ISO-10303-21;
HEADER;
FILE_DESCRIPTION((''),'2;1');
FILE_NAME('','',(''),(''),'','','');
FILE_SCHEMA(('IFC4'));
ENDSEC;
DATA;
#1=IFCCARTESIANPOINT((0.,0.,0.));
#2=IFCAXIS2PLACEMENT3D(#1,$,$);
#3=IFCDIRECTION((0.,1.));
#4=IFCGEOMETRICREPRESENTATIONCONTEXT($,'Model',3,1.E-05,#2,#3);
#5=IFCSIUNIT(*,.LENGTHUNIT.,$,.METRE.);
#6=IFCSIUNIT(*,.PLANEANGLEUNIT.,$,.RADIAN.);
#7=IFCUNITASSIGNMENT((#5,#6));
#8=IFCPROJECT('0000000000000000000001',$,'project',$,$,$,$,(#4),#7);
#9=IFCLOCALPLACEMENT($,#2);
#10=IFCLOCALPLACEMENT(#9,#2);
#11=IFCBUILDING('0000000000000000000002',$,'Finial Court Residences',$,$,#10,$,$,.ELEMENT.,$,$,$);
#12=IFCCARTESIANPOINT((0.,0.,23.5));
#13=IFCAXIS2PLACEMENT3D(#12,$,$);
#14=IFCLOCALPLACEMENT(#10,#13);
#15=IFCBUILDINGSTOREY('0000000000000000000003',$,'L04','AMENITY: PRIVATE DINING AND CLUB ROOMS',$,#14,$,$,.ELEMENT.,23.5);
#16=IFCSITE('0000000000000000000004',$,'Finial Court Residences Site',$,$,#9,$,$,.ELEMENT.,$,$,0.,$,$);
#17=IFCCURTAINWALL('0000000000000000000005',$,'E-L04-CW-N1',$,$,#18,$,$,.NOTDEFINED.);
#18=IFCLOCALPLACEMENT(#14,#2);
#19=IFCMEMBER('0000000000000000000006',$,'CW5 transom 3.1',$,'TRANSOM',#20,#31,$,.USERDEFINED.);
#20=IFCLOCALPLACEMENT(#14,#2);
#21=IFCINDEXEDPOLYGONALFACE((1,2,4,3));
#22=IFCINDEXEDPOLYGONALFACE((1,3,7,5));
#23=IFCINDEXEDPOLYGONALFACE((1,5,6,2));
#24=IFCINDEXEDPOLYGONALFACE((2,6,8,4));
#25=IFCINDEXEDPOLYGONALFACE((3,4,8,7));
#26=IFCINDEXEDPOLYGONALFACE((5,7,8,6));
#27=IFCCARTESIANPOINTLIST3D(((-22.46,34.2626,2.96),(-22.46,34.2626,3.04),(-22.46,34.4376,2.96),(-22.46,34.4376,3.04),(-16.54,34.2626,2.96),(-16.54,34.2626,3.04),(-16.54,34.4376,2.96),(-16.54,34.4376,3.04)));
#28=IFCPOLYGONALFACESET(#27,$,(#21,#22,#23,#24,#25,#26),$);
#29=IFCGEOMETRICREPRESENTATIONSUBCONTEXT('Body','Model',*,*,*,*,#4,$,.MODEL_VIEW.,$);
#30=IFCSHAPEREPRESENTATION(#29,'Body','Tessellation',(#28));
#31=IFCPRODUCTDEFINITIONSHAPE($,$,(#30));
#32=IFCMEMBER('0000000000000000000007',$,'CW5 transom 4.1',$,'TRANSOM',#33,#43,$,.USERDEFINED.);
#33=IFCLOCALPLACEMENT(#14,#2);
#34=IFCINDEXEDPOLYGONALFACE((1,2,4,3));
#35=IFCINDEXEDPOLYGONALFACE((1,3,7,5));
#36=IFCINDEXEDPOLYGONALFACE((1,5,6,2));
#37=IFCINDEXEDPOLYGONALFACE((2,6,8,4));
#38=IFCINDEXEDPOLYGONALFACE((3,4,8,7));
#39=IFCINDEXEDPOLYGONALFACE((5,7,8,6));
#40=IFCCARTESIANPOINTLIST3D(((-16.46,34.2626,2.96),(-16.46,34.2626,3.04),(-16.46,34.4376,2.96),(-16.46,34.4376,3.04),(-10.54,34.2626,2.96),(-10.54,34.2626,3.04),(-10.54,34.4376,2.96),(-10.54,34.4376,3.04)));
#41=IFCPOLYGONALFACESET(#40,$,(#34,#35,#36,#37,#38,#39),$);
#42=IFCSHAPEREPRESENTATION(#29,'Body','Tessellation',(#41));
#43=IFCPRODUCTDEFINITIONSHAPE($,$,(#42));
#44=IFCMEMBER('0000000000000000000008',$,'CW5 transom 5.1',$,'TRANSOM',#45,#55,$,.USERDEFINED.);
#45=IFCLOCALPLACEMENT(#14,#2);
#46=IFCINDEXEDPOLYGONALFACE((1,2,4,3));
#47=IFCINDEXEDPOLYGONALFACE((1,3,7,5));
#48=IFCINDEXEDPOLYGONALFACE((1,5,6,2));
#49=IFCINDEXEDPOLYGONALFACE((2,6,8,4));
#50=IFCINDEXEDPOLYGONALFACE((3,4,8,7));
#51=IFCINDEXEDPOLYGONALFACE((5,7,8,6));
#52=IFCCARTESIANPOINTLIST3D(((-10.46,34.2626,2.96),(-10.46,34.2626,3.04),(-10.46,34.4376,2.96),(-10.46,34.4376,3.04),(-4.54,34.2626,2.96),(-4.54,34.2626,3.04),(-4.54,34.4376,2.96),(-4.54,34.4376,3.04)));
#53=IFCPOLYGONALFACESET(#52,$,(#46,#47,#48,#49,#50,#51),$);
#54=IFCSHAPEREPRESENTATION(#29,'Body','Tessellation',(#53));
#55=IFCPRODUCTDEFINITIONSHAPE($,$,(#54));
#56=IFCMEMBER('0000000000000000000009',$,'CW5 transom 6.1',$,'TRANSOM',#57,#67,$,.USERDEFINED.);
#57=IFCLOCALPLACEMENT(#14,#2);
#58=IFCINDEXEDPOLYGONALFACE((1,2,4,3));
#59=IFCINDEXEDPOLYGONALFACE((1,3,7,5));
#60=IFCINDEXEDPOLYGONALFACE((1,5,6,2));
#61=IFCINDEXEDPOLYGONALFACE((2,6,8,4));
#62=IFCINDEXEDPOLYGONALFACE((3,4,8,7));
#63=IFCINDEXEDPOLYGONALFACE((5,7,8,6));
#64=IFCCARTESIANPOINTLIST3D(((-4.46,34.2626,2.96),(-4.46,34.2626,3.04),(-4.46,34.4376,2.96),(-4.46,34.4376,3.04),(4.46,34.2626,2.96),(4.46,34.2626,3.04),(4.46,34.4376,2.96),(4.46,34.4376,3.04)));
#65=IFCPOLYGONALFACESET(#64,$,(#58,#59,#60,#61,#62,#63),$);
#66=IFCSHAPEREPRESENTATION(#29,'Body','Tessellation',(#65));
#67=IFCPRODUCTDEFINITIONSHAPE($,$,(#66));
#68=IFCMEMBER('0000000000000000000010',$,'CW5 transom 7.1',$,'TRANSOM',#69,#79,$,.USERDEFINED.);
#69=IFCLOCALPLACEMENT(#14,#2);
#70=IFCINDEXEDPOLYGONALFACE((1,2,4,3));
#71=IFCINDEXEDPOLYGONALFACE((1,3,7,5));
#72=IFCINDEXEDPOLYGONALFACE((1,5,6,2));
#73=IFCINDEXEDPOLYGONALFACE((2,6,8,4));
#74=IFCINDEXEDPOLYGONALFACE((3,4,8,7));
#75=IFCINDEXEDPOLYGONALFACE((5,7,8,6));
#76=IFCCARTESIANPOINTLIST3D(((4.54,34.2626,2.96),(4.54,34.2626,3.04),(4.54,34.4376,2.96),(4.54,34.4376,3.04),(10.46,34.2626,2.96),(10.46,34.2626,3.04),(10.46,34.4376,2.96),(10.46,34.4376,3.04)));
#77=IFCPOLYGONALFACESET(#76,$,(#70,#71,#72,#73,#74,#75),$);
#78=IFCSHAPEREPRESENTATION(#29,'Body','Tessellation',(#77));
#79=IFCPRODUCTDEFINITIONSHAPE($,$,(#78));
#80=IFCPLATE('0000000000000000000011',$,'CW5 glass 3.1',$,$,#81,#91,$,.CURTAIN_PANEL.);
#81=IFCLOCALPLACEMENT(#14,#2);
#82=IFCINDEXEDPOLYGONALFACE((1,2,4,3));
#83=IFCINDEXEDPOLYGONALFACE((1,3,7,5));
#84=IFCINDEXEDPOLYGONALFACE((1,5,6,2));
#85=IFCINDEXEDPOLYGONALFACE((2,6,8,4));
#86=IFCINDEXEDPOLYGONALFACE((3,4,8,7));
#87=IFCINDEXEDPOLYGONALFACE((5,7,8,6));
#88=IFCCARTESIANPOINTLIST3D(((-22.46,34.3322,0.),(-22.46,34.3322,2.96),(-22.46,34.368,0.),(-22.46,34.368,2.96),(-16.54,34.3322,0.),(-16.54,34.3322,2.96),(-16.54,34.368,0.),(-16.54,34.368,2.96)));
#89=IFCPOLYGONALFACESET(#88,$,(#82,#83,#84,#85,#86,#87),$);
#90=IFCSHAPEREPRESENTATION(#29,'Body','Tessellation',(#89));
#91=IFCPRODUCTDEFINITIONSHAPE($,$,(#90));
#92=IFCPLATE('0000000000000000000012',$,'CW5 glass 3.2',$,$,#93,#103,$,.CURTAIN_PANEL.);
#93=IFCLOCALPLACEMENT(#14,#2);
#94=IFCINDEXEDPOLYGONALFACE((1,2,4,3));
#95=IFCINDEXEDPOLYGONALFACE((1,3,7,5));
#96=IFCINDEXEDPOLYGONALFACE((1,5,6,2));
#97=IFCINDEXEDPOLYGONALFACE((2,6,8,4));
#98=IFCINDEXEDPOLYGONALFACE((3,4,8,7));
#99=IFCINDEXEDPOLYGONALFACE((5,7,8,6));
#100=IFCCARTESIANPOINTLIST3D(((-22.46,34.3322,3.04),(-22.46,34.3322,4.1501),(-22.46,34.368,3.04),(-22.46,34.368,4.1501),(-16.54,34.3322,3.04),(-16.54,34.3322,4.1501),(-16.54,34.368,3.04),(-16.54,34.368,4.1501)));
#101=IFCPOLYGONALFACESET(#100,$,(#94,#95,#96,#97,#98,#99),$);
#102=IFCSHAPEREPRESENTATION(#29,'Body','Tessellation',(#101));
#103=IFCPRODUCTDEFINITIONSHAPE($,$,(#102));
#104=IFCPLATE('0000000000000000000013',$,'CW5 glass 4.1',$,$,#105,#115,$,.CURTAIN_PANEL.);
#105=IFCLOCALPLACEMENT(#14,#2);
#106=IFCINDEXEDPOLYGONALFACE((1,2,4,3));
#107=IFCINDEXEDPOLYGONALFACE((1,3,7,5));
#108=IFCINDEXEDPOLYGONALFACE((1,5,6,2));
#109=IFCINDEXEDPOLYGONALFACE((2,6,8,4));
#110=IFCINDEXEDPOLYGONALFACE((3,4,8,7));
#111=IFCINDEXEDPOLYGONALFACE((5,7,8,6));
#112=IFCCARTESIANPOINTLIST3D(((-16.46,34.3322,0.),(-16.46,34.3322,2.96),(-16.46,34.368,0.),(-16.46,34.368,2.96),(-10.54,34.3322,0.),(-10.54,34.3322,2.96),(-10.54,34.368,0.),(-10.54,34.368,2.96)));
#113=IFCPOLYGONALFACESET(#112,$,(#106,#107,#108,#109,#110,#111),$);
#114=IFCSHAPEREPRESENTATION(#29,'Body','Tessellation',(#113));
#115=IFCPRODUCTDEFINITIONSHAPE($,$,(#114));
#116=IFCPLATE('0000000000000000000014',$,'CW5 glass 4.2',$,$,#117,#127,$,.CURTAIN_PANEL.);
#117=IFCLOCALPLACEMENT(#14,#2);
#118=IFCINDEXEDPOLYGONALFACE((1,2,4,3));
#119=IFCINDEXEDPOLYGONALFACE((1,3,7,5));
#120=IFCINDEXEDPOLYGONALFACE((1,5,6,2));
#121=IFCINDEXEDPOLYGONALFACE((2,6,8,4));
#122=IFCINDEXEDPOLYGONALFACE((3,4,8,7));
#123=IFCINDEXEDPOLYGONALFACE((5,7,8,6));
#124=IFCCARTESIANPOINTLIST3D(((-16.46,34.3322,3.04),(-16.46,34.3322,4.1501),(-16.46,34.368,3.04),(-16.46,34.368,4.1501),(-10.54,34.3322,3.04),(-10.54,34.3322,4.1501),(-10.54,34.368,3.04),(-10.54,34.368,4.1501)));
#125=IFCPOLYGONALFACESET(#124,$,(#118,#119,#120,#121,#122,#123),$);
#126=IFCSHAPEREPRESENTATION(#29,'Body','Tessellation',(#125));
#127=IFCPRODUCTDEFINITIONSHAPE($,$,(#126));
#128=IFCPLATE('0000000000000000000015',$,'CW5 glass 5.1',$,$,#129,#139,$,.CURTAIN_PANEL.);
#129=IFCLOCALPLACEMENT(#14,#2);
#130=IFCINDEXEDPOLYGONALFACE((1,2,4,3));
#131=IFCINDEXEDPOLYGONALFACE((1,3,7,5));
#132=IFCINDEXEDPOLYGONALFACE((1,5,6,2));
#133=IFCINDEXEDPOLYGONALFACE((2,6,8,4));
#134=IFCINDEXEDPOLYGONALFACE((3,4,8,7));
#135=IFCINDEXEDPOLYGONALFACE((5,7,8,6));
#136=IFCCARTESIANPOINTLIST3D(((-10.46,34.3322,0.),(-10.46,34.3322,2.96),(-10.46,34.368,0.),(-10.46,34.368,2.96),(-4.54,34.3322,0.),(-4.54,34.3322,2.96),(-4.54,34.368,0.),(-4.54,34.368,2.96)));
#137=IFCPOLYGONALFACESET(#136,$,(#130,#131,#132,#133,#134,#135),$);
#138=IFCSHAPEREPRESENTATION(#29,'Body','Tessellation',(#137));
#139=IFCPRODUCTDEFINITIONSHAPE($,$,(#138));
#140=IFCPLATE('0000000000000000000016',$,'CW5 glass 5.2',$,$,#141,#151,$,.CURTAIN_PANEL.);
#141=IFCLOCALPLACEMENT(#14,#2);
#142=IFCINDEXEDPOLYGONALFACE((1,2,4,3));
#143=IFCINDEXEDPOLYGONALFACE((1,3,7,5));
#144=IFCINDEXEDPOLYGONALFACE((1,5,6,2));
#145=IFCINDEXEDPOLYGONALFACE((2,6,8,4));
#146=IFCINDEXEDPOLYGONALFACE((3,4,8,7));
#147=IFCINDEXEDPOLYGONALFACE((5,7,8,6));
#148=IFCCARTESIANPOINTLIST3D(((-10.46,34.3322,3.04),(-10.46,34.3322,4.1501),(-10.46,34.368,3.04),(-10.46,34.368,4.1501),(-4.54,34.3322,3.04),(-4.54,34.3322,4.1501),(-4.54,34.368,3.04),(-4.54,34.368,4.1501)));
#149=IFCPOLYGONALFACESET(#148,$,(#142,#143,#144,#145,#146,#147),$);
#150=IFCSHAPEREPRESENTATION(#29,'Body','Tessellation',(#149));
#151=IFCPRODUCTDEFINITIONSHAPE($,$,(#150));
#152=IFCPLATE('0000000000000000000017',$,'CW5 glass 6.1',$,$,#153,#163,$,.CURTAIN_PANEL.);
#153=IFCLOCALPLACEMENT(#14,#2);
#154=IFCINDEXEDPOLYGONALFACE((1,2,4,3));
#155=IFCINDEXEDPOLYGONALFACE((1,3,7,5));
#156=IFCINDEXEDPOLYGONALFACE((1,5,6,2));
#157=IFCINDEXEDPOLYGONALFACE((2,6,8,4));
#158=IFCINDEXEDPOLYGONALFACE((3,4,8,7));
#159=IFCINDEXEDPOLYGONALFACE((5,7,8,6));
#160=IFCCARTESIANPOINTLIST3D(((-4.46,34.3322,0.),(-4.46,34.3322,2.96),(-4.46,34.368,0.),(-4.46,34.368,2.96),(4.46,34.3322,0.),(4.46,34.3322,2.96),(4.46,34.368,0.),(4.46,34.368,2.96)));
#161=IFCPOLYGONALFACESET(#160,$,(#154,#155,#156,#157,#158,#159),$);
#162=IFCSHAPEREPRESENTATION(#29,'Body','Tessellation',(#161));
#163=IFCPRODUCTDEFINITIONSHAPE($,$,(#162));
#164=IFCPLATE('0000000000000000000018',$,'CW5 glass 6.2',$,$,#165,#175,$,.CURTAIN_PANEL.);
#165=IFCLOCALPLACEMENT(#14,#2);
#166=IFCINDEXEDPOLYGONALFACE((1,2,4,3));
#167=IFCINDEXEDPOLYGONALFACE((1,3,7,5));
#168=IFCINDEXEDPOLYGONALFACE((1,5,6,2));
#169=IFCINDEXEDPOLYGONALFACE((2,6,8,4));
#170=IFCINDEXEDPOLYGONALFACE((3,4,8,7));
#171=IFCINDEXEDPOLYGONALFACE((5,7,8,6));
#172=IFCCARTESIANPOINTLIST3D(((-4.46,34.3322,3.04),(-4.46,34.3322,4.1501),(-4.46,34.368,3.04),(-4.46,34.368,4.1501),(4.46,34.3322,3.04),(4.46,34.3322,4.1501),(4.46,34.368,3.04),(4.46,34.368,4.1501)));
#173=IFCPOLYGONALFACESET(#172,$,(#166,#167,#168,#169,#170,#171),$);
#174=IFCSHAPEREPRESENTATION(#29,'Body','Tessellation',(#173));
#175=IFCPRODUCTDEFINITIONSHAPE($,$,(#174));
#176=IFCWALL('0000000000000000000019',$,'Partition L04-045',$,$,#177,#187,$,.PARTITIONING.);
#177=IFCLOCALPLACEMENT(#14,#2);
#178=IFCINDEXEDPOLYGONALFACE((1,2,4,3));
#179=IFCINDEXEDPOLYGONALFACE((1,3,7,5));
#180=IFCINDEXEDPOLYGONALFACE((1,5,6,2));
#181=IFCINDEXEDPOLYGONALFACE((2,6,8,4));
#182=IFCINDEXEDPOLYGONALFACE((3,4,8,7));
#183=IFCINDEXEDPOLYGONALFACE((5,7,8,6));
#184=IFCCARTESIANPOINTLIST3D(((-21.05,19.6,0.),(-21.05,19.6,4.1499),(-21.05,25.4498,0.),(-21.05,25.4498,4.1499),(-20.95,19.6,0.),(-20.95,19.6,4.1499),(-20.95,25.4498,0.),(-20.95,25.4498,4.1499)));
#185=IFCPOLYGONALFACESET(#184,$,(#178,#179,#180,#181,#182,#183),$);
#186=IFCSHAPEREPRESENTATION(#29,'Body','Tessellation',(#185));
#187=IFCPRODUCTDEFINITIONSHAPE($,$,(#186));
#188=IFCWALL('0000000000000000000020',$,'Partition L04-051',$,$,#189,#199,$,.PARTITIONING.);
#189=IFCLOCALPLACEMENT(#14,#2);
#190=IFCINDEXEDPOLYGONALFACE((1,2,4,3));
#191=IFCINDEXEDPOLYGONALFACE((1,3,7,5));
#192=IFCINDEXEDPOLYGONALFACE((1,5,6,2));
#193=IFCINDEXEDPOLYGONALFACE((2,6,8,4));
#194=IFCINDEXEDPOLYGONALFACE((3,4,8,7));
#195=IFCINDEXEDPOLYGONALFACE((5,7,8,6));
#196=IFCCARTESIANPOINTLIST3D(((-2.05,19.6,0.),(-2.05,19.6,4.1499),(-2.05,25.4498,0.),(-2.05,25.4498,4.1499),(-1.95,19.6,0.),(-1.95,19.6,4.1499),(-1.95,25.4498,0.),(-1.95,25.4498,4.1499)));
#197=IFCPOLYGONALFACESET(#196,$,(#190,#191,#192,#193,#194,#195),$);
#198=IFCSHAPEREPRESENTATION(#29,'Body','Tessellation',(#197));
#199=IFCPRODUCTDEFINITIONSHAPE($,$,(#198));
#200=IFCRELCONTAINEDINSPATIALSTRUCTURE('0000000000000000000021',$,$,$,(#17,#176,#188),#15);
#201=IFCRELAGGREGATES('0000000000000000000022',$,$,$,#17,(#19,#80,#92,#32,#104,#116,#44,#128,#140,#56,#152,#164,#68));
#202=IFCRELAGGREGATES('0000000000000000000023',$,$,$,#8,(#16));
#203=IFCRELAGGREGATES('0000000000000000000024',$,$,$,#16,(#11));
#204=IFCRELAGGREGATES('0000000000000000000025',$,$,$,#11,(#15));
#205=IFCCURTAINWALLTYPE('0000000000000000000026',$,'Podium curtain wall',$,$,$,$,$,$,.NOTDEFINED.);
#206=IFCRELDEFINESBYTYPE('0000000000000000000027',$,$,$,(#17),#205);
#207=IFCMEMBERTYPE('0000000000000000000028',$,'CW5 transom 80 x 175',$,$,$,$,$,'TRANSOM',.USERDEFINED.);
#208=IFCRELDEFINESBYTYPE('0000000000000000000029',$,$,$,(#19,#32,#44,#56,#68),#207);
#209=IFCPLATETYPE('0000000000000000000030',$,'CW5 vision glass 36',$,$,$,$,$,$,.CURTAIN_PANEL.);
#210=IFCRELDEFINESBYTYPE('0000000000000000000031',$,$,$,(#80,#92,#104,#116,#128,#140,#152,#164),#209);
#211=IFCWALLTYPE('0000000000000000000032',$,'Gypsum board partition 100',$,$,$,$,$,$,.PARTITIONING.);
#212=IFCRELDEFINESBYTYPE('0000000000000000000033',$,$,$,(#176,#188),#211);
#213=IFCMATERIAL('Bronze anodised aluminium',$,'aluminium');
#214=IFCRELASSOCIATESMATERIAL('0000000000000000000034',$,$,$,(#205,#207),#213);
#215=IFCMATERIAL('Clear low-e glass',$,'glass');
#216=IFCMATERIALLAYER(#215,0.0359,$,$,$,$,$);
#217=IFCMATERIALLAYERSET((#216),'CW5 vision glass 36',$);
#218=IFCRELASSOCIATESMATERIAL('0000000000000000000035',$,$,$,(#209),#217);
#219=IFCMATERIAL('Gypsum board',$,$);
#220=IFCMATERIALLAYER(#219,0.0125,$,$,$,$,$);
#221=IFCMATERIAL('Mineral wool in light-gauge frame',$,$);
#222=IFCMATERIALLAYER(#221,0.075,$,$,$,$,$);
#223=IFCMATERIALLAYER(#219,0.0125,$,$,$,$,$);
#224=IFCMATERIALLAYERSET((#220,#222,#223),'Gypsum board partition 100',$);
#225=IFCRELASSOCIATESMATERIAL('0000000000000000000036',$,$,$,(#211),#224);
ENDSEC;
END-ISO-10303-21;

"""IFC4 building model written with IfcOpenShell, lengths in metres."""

from ifc_helpers import new_model, si_unit, direction, frame, frame_2d, origin, origin_2d, place, context, subcontext, project, spatial, rectangle, extrude, material, layer, layer_set, material_profile, profile_set, type_object, element, aggregate, save


model = new_model("IFC4")

# Units and contexts
model_context = context("Model", 3, precision=1e-05, world=origin(), true_north=direction((0.0, 1.0)))
body_context = subcontext(model_context, "Body", "Model", "MODEL_VIEW")
ifc_project = project(units=[si_unit("LENGTHUNIT", "METRE"), si_unit("PLANEANGLEUNIT", "RADIAN")], contexts=[model_context])

# Site, building, storey
site_placement = place(None, origin())
site = spatial("IfcSite", under=ifc_project, at=site_placement, Name="Finial Court Residences Site", CompositionType="ELEMENT", RefElevation=0.0)
building_placement = place(site_placement, origin())
building = spatial("IfcBuilding", under=site, at=building_placement, Name="Finial Court Residences", CompositionType="ELEMENT")
storey_placement = place(building_placement, frame((0.0, 0.0, 23.5)))
storey = spatial("IfcBuildingStorey", under=building, at=storey_placement, Name="L04", Description="AMENITY: PRIVATE DINING AND CLUB ROOMS", CompositionType="ELEMENT", Elevation=23.5)

# Curtain wall, members, plates
ifc_material_1 = material(Name="Bronze anodised aluminium", Category="aluminium")
curtain_wall_type = type_object("IfcCurtainWallType", Name="Podium curtain wall", PredefinedType="NOTDEFINED", material=ifc_material_1)
curtain_wall_placement = place(storey_placement, origin())
curtain_wall = element("IfcCurtainWall", 1, at=curtain_wall_placement, inside=storey, type_object=curtain_wall_type, Name="E-L04-CW-N1", PredefinedType="NOTDEFINED")
ifc_material_profile_1 = material_profile(ifc_material_1, rectangle(XDim=0.175, YDim=0.0801, at=origin_2d()), Name="CW5 transom 80 x 175")
ifc_profile_set_1 = profile_set([ifc_material_profile_1], Name="Bronze anodised aluminium")
member_type_1 = type_object("IfcMemberType", Name="CW5 transom 80 x 175", ElementType="TRANSOM", PredefinedType="USERDEFINED", material=ifc_profile_set_1)
member_1_placement = place(storey_placement, frame((-22.46, 34.3501, 3.0), z_axis=(1.0, 0.0, 0.0), x_axis=(0.0, 1.0, 0.0)))
member_1 = element("IfcMember", 2, at=member_1_placement, type_object=member_type_1, Name="CW5 transom 3.1", ObjectType="TRANSOM", PredefinedType="USERDEFINED", context=body_context, shape_type="SweptSolid", body=[
    extrude(rectangle(XDim=0.175, YDim=0.0801, at=origin_2d()), origin(), (0.0, 0.0, 1.0), 5.9199),
])
member_2_placement = place(storey_placement, frame((-16.46, 34.3501, 3.0), z_axis=(1.0, 0.0, 0.0), x_axis=(0.0, 1.0, 0.0)))
member_2 = element("IfcMember", 3, at=member_2_placement, type_object=member_type_1, Name="CW5 transom 4.1", ObjectType="TRANSOM", PredefinedType="USERDEFINED", context=body_context, shape_type="SweptSolid", body=[
    extrude(rectangle(XDim=0.175, YDim=0.0801, at=origin_2d()), origin(), (0.0, 0.0, 1.0), 5.9199),
])
member_3_placement = place(storey_placement, frame((-10.46, 34.3501, 3.0), z_axis=(1.0, 0.0, 0.0), x_axis=(0.0, 1.0, 0.0)))
member_3 = element("IfcMember", 4, at=member_3_placement, type_object=member_type_1, Name="CW5 transom 5.1", ObjectType="TRANSOM", PredefinedType="USERDEFINED", context=body_context, shape_type="SweptSolid", body=[
    extrude(rectangle(XDim=0.175, YDim=0.0801, at=origin_2d()), origin(), (0.0, 0.0, 1.0), 5.9199),
])
member_4_placement = place(storey_placement, frame((-4.46, 34.3501, 3.0), z_axis=(1.0, 0.0, 0.0), x_axis=(0.0, 1.0, 0.0)))
member_4 = element("IfcMember", 5, at=member_4_placement, type_object=member_type_1, Name="CW5 transom 6.1", ObjectType="TRANSOM", PredefinedType="USERDEFINED", context=body_context, shape_type="SweptSolid", body=[
    extrude(rectangle(XDim=0.175, YDim=0.0801, at=origin_2d()), origin(), (0.0, 0.0, 1.0), 8.9199),
])
member_5_placement = place(storey_placement, frame((4.54, 34.3501, 3.0), z_axis=(1.0, 0.0, 0.0), x_axis=(0.0, 1.0, 0.0)))
member_5 = element("IfcMember", 6, at=member_5_placement, type_object=member_type_1, Name="CW5 transom 7.1", ObjectType="TRANSOM", PredefinedType="USERDEFINED", context=body_context, shape_type="SweptSolid", body=[
    extrude(rectangle(XDim=0.175, YDim=0.0801, at=origin_2d()), origin(), (0.0, 0.0, 1.0), 5.9199),
])
ifc_material_2 = material(Name="Clear low-e glass", Category="glass")
ifc_layer_1 = layer(ifc_material_2, 0.0359)
ifc_layer_set_1 = layer_set([ifc_layer_1], Name="CW5 vision glass 36")
plate_type = type_object("IfcPlateType", Name="CW5 vision glass 36", PredefinedType="CURTAIN_PANEL", material=ifc_layer_set_1)
plate_1_placement = place(storey_placement, frame((-19.5, 34.3501, 0.0), z_axis=(0.0, 0.0, 1.0), x_axis=(1.0, 0.0, 0.0)))
plate_1 = element("IfcPlate", 7, at=plate_1_placement, type_object=plate_type, Name="CW5 glass 3.1", PredefinedType="CURTAIN_PANEL", context=body_context, shape_type="SweptSolid", body=[
    extrude(rectangle(XDim=5.9199, YDim=0.0359, at=origin_2d()), origin(), (0.0, 0.0, 1.0), 2.96),
])
plate_2_placement = place(storey_placement, frame((-19.5, 34.3501, 3.04), z_axis=(0.0, 0.0, 1.0), x_axis=(1.0, 0.0, 0.0)))
plate_2 = element("IfcPlate", 8, at=plate_2_placement, type_object=plate_type, Name="CW5 glass 3.2", PredefinedType="CURTAIN_PANEL", context=body_context, shape_type="SweptSolid", body=[
    extrude(rectangle(XDim=5.9199, YDim=0.0359, at=origin_2d()), origin(), (0.0, 0.0, 1.0), 1.1101),
])
plate_3_placement = place(storey_placement, frame((-13.5, 34.3501, 0.0), z_axis=(0.0, 0.0, 1.0), x_axis=(1.0, 0.0, 0.0)))
plate_3 = element("IfcPlate", 9, at=plate_3_placement, type_object=plate_type, Name="CW5 glass 4.1", PredefinedType="CURTAIN_PANEL", context=body_context, shape_type="SweptSolid", body=[
    extrude(rectangle(XDim=5.9199, YDim=0.0359, at=origin_2d()), origin(), (0.0, 0.0, 1.0), 2.96),
])
plate_4_placement = place(storey_placement, frame((-13.5, 34.3501, 3.04), z_axis=(0.0, 0.0, 1.0), x_axis=(1.0, 0.0, 0.0)))
plate_4 = element("IfcPlate", 10, at=plate_4_placement, type_object=plate_type, Name="CW5 glass 4.2", PredefinedType="CURTAIN_PANEL", context=body_context, shape_type="SweptSolid", body=[
    extrude(rectangle(XDim=5.9199, YDim=0.0359, at=origin_2d()), origin(), (0.0, 0.0, 1.0), 1.1101),
])
plate_5_placement = place(storey_placement, frame((-7.5, 34.3501, 0.0), z_axis=(0.0, 0.0, 1.0), x_axis=(1.0, 0.0, 0.0)))
plate_5 = element("IfcPlate", 11, at=plate_5_placement, type_object=plate_type, Name="CW5 glass 5.1", PredefinedType="CURTAIN_PANEL", context=body_context, shape_type="SweptSolid", body=[
    extrude(rectangle(XDim=5.9199, YDim=0.0359, at=origin_2d()), origin(), (0.0, 0.0, 1.0), 2.96),
])
plate_6_placement = place(storey_placement, frame((-7.5, 34.3501, 3.04), z_axis=(0.0, 0.0, 1.0), x_axis=(1.0, 0.0, 0.0)))
plate_6 = element("IfcPlate", 12, at=plate_6_placement, type_object=plate_type, Name="CW5 glass 5.2", PredefinedType="CURTAIN_PANEL", context=body_context, shape_type="SweptSolid", body=[
    extrude(rectangle(XDim=5.9199, YDim=0.0359, at=origin_2d()), origin(), (0.0, 0.0, 1.0), 1.1101),
])
plate_7_placement = place(storey_placement, frame((0.0, 34.3501, 0.0), z_axis=(0.0, 0.0, 1.0), x_axis=(1.0, 0.0, 0.0)))
plate_7 = element("IfcPlate", 13, at=plate_7_placement, type_object=plate_type, Name="CW5 glass 6.1", PredefinedType="CURTAIN_PANEL", context=body_context, shape_type="SweptSolid", body=[
    extrude(rectangle(XDim=8.9199, YDim=0.0359, at=origin_2d()), origin(), (0.0, 0.0, 1.0), 2.96),
])
plate_8_placement = place(storey_placement, frame((0.0, 34.3501, 3.04), z_axis=(0.0, 0.0, 1.0), x_axis=(1.0, 0.0, 0.0)))
plate_8 = element("IfcPlate", 14, at=plate_8_placement, type_object=plate_type, Name="CW5 glass 6.2", PredefinedType="CURTAIN_PANEL", context=body_context, shape_type="SweptSolid", body=[
    extrude(rectangle(XDim=8.9199, YDim=0.0359, at=origin_2d()), origin(), (0.0, 0.0, 1.0), 1.1101),
])
aggregate(curtain_wall, [member_1, plate_1, plate_2, member_2, plate_3, plate_4, member_3, plate_5, plate_6, member_4, plate_7, plate_8, member_5])

# Walls
ifc_material_3 = material(Name="Gypsum board")
ifc_layer_2 = layer(ifc_material_3, 0.0125)
ifc_material_4 = material(Name="Mineral wool in light-gauge frame")
ifc_layer_3 = layer(ifc_material_4, 0.075)
ifc_layer_4 = layer(ifc_material_3, 0.0125)
ifc_layer_set_2 = layer_set([ifc_layer_2, ifc_layer_3, ifc_layer_4], Name="Gypsum board partition 100")
wall_type = type_object("IfcWallType", Name="Gypsum board partition 100", PredefinedType="PARTITIONING", material=ifc_layer_set_2)
for number, where, z_axis, x_axis, name in (
    (15, (-21.0, 19.6001, 0.0), (0.0, 0.0, 1.0), (0.0, 1.0, 0.0), "Partition L04-045"),
    (16, (-2.0, 19.6001, 0.0), (0.0, 0.0, 1.0), (0.0, 1.0, 0.0), "Partition L04-051"),
):
    element("IfcWall", number, at=place(storey_placement, frame(where, z_axis=z_axis, x_axis=x_axis)), inside=storey, type_object=wall_type, Name=name, PredefinedType="PARTITIONING", context=body_context, shape_type="SweptSolid", body=[
        extrude(rectangle(XDim=5.8499, YDim=0.1001, at=frame_2d((2.9248, 0.0))), origin(), (0.0, 0.0, 1.0), 4.1499),
    ])

save(model, "model.ifc")
